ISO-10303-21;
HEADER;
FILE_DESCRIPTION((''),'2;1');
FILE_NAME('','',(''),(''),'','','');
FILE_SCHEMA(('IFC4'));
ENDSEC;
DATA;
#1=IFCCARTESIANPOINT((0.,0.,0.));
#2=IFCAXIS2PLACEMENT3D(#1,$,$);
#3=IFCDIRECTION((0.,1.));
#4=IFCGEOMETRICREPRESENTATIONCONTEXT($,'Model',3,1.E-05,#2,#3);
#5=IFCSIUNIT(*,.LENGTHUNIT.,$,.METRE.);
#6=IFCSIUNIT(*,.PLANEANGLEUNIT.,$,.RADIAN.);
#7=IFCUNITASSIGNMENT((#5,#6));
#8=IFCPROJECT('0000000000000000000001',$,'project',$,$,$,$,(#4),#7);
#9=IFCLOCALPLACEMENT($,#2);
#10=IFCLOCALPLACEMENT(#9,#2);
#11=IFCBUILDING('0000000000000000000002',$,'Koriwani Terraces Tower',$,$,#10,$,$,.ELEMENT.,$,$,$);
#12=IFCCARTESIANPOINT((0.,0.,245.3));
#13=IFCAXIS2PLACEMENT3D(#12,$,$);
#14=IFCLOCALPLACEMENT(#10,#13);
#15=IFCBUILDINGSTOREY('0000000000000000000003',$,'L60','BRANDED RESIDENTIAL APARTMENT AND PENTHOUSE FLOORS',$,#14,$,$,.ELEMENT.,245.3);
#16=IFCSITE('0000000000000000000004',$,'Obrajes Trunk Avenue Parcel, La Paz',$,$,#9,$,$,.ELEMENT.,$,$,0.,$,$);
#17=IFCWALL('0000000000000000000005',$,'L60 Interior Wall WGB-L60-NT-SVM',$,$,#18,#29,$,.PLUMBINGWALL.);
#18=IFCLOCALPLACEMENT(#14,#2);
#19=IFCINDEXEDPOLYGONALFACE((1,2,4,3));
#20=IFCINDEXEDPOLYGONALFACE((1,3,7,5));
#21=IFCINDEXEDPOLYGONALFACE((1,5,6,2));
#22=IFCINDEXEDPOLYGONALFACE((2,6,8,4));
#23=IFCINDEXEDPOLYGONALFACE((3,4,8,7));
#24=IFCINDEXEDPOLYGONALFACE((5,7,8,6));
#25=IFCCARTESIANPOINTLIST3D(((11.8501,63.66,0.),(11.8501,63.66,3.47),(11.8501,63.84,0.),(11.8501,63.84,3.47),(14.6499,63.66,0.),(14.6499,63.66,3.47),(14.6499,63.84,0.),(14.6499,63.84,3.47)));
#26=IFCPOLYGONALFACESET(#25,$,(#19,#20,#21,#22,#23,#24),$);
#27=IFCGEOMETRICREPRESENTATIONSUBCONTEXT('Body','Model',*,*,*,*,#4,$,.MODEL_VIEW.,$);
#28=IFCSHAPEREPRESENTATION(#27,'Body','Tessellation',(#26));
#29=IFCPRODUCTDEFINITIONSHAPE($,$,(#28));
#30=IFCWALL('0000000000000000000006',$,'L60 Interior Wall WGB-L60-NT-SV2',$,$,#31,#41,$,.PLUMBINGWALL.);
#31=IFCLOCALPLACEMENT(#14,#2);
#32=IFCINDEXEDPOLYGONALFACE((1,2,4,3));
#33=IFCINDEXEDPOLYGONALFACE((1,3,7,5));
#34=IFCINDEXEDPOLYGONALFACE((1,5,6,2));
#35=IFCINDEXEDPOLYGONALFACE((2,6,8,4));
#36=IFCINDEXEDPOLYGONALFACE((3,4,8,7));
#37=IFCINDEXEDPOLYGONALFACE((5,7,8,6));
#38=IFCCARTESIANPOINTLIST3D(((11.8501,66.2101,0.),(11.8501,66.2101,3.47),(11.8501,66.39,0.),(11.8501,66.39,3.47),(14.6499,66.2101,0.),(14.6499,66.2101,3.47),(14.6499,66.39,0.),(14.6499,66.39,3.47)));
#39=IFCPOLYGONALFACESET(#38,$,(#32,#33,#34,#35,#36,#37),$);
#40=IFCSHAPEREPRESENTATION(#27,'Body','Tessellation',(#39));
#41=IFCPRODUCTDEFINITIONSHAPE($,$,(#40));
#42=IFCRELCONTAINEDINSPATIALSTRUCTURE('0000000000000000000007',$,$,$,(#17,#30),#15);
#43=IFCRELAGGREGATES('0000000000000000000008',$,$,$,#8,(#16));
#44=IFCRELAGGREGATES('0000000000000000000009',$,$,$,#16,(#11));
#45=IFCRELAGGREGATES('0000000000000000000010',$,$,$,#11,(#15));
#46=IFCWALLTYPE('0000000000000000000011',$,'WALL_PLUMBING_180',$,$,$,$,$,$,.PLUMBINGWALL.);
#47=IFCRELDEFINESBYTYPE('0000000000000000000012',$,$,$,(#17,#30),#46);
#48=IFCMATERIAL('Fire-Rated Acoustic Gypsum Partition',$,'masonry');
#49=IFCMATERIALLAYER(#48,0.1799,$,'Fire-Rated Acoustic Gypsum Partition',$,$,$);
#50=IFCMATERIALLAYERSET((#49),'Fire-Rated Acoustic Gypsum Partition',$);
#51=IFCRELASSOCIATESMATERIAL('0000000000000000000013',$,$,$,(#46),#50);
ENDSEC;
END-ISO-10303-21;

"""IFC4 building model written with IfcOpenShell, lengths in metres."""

from ifc_helpers import new_model, si_unit, direction, frame, frame_2d, origin, place, context, subcontext, project, spatial, rectangle, extrude, material, layer, layer_set, type_object, element, save


model = new_model("IFC4")

# Units and contexts
model_context = context("Model", 3, precision=1e-05, world=origin(), true_north=direction((0.0, 1.0)))
body_context = subcontext(model_context, "Body", "Model", "MODEL_VIEW")
ifc_project = project(units=[si_unit("LENGTHUNIT", "METRE"), si_unit("PLANEANGLEUNIT", "RADIAN")], contexts=[model_context])

# Site, building, storey
site_placement = place(None, origin())
site = spatial("IfcSite", under=ifc_project, at=site_placement, Name="Obrajes Trunk Avenue Parcel, La Paz", CompositionType="ELEMENT", RefElevation=0.0)
building_placement = place(site_placement, origin())
building = spatial("IfcBuilding", under=site, at=building_placement, Name="Koriwani Terraces Tower", CompositionType="ELEMENT")
storey_placement = place(building_placement, frame((0.0, 0.0, 245.3)))
storey = spatial("IfcBuildingStorey", under=building, at=storey_placement, Name="L60", Description="BRANDED RESIDENTIAL APARTMENT AND PENTHOUSE FLOORS", CompositionType="ELEMENT", Elevation=245.3)

# Shared definitions
ifc_material_1 = material(Name="Fire-Rated Acoustic Gypsum Partition", Category="masonry")
ifc_layer_1 = layer(ifc_material_1, 0.1799, Name="Fire-Rated Acoustic Gypsum Partition")
ifc_layer_set_1 = layer_set([ifc_layer_1], Name="Fire-Rated Acoustic Gypsum Partition")
wall_type_1 = type_object("IfcWallType", Name="WALL_PLUMBING_180", PredefinedType="PLUMBINGWALL", material=ifc_layer_set_1)

# Walls
for number, where, z_axis, x_axis, name in (
    (1, (11.8501, 63.75, 0.0), (0.0, 0.0, 1.0), (1.0, 0.0, 0.0), "L60 Interior Wall WGB-L60-NT-SVM"),
    (2, (11.8501, 66.3, 0.0), (0.0, 0.0, 1.0), (1.0, 0.0, 0.0), "L60 Interior Wall WGB-L60-NT-SV2"),
):
    element("IfcWall", number, at=place(storey_placement, frame(where, z_axis=z_axis, x_axis=x_axis)), inside=storey, type_object=wall_type_1, Name=name, PredefinedType="PLUMBINGWALL", context=body_context, shape_type="SweptSolid", body=[
        extrude(rectangle(XDim=2.7998, YDim=0.1799, at=frame_2d((1.3999, 0.0))), origin(), (0.0, 0.0, 1.0), 3.47),
    ])

save(model, "model.ifc")
